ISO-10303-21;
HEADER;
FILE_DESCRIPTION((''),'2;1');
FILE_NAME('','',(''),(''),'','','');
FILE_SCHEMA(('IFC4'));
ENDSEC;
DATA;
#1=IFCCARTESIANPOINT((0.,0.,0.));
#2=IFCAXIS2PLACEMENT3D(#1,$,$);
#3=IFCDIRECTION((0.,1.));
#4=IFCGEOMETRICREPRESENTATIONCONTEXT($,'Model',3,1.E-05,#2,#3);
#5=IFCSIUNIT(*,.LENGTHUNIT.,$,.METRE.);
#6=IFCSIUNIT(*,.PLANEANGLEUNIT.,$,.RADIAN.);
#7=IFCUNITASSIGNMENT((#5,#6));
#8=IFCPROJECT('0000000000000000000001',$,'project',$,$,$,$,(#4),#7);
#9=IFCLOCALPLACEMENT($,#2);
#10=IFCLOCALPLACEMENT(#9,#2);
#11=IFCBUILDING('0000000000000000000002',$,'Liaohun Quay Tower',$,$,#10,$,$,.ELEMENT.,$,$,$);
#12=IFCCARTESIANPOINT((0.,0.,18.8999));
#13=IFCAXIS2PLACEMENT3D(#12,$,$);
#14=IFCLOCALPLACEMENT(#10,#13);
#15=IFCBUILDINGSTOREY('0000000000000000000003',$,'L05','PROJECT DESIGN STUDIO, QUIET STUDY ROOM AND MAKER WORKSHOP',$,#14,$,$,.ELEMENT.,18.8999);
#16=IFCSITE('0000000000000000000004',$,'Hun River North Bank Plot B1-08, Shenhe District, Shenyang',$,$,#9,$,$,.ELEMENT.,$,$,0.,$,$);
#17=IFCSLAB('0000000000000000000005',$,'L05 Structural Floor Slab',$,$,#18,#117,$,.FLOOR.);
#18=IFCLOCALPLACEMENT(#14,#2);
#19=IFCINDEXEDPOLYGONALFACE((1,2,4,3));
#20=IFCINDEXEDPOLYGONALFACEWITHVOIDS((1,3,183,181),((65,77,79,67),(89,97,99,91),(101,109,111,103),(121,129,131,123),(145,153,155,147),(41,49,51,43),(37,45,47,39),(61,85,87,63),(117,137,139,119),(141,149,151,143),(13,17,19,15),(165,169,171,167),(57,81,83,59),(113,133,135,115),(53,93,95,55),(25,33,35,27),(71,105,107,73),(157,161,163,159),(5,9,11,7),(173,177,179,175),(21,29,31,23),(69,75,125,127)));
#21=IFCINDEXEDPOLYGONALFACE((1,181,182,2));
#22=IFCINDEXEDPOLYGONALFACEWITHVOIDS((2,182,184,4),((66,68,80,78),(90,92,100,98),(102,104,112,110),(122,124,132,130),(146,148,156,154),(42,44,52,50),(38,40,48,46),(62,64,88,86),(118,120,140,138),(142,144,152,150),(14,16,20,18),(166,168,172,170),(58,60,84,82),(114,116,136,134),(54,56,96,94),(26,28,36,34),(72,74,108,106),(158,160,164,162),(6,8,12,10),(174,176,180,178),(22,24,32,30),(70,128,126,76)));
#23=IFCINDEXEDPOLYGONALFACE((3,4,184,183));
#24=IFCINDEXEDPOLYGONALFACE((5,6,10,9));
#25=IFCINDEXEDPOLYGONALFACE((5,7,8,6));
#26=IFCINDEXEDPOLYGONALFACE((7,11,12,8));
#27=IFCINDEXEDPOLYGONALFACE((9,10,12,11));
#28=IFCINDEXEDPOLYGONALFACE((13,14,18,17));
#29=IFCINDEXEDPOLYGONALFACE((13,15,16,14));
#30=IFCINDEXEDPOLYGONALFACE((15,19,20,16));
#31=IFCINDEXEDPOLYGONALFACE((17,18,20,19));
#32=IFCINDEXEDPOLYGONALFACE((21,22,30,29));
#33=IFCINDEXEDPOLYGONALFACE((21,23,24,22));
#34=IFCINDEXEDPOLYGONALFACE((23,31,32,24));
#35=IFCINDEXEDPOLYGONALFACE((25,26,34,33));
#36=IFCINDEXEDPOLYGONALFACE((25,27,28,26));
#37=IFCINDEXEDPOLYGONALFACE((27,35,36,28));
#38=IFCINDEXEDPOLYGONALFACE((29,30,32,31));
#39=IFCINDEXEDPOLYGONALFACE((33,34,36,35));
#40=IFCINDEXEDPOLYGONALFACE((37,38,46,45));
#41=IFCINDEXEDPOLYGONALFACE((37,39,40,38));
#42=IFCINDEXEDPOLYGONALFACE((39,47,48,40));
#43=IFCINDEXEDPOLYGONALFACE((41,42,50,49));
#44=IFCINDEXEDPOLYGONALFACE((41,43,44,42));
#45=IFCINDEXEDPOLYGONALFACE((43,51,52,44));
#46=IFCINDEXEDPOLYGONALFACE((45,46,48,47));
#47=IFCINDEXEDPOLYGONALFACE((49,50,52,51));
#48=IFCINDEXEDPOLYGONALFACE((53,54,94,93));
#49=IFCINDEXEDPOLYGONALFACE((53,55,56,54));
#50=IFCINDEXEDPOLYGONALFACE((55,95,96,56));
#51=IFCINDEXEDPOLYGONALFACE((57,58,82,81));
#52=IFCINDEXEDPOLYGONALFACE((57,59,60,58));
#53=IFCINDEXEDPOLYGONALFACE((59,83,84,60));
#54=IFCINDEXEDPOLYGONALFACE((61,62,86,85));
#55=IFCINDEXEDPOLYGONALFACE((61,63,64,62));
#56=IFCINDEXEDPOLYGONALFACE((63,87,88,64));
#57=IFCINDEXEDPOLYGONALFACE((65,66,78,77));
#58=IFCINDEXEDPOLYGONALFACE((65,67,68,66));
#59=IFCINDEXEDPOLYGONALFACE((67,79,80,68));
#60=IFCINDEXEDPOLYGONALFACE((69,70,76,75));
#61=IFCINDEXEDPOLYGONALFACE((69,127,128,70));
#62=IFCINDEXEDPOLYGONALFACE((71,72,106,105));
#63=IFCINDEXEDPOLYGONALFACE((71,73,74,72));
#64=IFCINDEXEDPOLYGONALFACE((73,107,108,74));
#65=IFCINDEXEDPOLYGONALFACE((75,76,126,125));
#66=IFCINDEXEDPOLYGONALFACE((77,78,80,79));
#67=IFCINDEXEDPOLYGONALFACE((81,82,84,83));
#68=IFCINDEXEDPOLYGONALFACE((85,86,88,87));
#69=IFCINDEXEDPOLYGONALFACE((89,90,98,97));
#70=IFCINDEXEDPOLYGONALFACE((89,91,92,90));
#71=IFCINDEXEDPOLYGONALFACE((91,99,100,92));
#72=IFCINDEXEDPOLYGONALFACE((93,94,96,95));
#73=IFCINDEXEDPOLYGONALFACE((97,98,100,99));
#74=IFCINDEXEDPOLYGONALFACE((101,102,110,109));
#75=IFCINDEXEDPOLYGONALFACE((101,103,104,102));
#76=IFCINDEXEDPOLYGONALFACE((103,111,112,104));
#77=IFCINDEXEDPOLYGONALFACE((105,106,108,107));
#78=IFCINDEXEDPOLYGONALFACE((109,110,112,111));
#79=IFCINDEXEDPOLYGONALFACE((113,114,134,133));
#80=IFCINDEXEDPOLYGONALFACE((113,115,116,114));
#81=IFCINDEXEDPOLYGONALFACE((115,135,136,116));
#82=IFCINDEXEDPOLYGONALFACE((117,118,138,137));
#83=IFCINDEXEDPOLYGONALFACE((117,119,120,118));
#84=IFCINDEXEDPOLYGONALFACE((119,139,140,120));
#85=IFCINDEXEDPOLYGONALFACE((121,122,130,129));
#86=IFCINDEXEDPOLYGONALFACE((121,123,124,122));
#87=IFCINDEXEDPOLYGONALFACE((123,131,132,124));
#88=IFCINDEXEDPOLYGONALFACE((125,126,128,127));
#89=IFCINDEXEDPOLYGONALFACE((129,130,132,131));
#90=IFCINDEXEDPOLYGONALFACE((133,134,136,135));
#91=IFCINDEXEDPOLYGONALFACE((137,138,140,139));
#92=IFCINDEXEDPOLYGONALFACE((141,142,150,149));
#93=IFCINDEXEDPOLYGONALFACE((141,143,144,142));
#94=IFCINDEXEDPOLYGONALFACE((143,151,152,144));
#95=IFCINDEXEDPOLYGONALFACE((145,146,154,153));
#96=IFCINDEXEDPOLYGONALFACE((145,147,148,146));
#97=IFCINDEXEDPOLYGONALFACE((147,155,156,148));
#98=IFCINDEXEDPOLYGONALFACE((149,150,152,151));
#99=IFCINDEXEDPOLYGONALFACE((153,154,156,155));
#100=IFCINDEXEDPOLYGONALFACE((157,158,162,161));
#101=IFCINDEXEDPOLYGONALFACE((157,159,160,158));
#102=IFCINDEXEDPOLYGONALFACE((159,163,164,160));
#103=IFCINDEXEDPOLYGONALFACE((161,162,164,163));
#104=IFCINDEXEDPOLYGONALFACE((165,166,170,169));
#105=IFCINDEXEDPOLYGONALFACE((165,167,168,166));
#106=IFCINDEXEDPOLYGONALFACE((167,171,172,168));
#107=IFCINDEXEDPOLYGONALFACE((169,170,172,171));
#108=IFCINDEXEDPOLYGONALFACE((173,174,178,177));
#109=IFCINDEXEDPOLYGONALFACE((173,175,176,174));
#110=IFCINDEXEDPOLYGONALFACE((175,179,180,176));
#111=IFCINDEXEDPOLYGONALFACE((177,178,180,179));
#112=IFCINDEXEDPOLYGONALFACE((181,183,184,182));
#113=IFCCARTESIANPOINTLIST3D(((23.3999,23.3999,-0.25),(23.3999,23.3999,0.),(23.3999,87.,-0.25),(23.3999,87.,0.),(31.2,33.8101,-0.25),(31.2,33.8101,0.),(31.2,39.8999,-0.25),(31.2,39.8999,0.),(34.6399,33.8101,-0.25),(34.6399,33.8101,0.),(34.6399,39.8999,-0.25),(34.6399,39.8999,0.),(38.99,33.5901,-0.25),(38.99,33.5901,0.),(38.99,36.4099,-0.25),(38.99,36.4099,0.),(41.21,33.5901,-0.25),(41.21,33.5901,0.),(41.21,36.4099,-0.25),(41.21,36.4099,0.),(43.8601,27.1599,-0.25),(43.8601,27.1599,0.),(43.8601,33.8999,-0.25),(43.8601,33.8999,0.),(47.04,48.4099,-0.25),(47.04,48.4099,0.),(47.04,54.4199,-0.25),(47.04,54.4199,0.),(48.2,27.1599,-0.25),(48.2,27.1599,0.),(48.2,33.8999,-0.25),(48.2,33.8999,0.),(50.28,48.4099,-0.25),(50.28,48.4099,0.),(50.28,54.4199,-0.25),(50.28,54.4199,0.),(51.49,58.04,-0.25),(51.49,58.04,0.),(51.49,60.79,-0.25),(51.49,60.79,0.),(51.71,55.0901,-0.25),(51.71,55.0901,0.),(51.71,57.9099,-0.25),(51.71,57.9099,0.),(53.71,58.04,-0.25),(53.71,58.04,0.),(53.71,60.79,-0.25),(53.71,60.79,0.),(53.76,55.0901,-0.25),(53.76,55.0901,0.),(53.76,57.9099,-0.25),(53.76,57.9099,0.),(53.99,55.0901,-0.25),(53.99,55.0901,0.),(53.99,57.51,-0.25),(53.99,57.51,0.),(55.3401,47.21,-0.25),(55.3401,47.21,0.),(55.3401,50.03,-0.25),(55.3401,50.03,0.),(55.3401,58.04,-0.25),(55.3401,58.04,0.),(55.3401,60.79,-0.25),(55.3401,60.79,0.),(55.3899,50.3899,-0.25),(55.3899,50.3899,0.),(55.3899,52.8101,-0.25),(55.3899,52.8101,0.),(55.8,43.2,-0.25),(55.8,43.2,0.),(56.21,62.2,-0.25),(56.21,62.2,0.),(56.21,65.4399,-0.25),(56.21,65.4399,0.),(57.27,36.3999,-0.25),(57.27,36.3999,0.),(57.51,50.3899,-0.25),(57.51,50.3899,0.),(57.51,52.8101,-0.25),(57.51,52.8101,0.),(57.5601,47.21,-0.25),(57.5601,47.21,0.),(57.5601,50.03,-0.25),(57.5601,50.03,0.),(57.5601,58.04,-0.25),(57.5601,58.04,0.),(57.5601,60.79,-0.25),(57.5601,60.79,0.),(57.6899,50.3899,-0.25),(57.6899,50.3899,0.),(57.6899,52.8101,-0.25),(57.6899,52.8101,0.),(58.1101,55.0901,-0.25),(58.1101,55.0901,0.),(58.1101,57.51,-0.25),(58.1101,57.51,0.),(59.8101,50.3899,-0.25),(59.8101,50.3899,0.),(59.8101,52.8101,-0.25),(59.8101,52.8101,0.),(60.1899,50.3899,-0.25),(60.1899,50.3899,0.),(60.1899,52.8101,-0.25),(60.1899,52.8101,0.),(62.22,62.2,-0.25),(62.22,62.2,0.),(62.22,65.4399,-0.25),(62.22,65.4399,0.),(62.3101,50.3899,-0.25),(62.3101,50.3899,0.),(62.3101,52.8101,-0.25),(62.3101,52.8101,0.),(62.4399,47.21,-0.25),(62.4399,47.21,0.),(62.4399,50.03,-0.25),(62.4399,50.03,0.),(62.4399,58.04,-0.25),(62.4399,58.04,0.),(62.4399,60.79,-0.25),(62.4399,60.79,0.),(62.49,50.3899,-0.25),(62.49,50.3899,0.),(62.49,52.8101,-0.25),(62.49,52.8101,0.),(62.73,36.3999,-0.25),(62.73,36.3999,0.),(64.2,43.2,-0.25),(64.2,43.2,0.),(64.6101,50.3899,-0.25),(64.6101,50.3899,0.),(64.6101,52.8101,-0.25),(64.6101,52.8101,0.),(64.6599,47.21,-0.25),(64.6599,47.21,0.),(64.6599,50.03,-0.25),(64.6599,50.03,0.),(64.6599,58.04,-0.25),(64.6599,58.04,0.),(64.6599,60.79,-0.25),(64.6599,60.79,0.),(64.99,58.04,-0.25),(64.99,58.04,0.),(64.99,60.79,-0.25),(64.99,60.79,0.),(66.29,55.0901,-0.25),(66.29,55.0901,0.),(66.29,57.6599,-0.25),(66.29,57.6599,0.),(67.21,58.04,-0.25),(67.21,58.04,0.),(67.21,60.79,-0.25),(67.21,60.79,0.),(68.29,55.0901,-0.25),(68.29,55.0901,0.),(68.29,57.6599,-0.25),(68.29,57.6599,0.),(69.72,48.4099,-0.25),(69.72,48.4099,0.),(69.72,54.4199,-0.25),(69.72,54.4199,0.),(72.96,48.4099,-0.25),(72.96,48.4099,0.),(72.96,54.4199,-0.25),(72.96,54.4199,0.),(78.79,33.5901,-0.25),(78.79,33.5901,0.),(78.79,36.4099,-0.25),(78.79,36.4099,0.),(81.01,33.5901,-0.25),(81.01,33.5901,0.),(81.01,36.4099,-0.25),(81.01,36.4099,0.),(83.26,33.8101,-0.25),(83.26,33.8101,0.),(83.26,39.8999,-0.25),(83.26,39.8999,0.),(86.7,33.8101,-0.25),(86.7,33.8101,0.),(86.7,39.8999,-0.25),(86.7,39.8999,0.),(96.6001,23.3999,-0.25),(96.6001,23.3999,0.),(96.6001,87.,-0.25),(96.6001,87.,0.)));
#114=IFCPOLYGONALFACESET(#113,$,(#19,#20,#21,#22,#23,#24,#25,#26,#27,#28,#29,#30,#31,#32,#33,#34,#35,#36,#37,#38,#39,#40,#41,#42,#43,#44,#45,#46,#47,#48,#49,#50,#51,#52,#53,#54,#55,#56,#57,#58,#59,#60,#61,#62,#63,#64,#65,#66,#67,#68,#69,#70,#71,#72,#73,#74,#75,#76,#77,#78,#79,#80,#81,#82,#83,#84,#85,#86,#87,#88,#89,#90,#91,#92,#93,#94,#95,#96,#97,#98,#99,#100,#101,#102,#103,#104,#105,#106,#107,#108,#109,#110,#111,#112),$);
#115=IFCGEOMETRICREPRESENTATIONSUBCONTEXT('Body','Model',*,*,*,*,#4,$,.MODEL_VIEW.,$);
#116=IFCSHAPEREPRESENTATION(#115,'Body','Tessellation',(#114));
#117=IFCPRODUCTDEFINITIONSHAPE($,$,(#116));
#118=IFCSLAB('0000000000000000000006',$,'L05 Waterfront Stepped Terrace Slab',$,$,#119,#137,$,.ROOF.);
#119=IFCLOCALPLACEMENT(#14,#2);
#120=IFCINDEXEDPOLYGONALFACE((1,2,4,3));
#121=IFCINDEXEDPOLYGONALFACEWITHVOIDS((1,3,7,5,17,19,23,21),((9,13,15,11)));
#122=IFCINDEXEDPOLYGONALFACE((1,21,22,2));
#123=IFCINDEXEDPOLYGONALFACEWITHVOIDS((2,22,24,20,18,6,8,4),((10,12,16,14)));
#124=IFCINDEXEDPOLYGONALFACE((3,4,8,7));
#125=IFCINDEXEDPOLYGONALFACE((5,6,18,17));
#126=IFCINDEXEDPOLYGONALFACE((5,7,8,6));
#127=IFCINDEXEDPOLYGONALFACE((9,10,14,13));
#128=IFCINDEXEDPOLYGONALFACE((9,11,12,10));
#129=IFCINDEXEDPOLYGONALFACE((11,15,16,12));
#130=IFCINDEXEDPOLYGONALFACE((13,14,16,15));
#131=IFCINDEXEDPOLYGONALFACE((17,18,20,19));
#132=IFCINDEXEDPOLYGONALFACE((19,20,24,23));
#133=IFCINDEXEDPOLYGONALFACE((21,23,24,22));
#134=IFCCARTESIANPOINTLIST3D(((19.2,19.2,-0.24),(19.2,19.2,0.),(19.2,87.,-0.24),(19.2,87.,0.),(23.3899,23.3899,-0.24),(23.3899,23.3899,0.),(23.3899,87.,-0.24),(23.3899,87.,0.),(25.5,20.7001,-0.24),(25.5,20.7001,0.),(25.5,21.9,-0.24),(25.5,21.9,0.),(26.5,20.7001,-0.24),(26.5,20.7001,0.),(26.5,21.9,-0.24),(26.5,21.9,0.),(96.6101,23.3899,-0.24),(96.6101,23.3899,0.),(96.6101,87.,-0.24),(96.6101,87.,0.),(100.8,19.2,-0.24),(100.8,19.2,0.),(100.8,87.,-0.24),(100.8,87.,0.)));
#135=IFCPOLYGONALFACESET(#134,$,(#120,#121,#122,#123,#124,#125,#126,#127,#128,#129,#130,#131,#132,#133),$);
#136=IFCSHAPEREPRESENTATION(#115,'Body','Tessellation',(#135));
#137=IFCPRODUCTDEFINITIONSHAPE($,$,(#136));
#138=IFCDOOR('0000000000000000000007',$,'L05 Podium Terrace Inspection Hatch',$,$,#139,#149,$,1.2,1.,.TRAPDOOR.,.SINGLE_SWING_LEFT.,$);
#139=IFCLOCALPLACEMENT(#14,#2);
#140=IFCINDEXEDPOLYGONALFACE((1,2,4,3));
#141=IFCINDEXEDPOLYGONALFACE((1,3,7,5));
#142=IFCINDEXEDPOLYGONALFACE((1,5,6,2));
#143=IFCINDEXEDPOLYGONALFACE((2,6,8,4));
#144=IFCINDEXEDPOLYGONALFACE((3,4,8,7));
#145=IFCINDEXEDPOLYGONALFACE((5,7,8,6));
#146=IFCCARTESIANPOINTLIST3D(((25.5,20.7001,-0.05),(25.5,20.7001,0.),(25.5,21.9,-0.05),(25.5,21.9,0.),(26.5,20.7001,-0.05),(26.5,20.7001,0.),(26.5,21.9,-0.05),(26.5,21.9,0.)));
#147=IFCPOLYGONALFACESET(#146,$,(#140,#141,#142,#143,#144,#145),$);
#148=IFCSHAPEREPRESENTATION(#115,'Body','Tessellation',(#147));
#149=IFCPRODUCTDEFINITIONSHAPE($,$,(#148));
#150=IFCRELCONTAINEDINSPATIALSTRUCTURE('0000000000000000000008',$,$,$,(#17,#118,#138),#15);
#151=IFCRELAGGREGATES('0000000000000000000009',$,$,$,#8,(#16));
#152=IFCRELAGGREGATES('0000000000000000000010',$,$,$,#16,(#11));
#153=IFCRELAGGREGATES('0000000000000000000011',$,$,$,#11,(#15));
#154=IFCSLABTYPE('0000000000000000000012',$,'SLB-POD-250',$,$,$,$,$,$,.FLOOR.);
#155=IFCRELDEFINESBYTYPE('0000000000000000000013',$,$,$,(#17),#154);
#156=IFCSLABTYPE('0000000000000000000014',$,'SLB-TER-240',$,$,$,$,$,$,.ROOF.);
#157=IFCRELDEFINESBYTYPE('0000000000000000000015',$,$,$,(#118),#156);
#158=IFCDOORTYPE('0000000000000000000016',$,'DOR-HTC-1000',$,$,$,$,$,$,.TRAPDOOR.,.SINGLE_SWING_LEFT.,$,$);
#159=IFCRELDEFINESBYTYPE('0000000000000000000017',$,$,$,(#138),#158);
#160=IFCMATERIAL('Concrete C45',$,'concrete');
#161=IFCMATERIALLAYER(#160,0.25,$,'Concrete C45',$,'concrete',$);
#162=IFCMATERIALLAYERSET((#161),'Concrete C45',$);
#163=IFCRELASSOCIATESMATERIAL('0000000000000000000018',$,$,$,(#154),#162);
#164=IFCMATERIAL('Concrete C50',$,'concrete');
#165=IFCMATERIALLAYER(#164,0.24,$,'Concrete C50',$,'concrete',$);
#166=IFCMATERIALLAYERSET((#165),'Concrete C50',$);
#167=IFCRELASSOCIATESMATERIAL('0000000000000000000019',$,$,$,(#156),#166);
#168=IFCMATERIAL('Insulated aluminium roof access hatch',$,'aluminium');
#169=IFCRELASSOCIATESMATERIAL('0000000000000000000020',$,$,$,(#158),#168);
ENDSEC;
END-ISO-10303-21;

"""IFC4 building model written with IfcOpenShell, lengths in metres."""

from ifc_helpers import new_model, si_unit, direction, frame, origin, origin_2d, place, context, subcontext, project, spatial, polyline, rectangle, outline, extrude, material, layer, layer_set, type_object, element, fill, save


model = new_model("IFC4")

# Units and contexts
model_context = context("Model", 3, precision=1e-05, world=origin(), true_north=direction((0.0, 1.0)))
body_context = subcontext(model_context, "Body", "Model", "MODEL_VIEW")
ifc_project = project(units=[si_unit("LENGTHUNIT", "METRE"), si_unit("PLANEANGLEUNIT", "RADIAN")], contexts=[model_context])

# Site, building, storey
site_placement = place(None, origin())
site = spatial("IfcSite", under=ifc_project, at=site_placement, Name="Hun River North Bank Plot B1-08, Shenhe District, Shenyang", CompositionType="ELEMENT", RefElevation=0.0)
building_placement = place(site_placement, origin())
building = spatial("IfcBuilding", under=site, at=building_placement, Name="Liaohun Quay Tower", CompositionType="ELEMENT")
storey_placement = place(building_placement, frame((0.0, 0.0, 18.8999)))
storey = spatial("IfcBuildingStorey", under=building, at=storey_placement, Name="L05", Description="PROJECT DESIGN STUDIO, QUIET STUDY ROOM AND MAKER WORKSHOP", CompositionType="ELEMENT", Elevation=18.8999)

# Shared definitions
ifc_material_1 = material(Name="Concrete C45", Category="concrete")

# Slab
ifc_layer_1 = layer(ifc_material_1, 0.25, Name="Concrete C45", Category="concrete")
ifc_layer_set_1 = layer_set([ifc_layer_1], Name="Concrete C45")
slab_type_1 = type_object("IfcSlabType", Name="SLB-POD-250", PredefinedType="FLOOR", material=ifc_layer_set_1)
slab_1_placement = place(storey_placement, frame((0.0, 0.0, -0.25)))
element("IfcSlab", 1, at=slab_1_placement, inside=storey, type_object=slab_type_1, Name="L05 Structural Floor Slab", PredefinedType="FLOOR", context=body_context, shape_type="SweptSolid", body=[
    extrude(outline(polyline([(23.3999, 23.3999), (96.6001, 23.3999), (96.6001, 87.0), (23.3999, 87.0), (23.3999, 23.3999)]), holes=[polyline([(48.2, 33.8999), (43.8601, 33.8999), (43.8601, 27.1599), (48.2, 27.1599), (48.2, 33.8999)]), polyline([(41.21, 33.5901), (41.21, 36.4099), (38.99, 36.4099), (38.99, 33.5901), (41.21, 33.5901)]), polyline([(34.6399, 39.8999), (31.2, 39.8999), (31.2, 33.8101), (34.6399, 33.8101), (34.6399, 39.8999)]), polyline([(55.3401, 47.21), (57.5601, 47.21), (57.5601, 50.03), (55.3401, 50.03), (55.3401, 47.21)]), polyline([(50.28, 48.4099), (50.28, 54.4199), (47.04, 54.4199), (47.04, 48.4099), (50.28, 48.4099)]), polyline([(57.51, 50.3899), (57.51, 52.8101), (55.3899, 52.8101), (55.3899, 50.3899), (57.51, 50.3899)]), polyline([(57.6899, 50.3899), (59.8101, 50.3899), (59.8101, 52.8101), (57.6899, 52.8101), (57.6899, 50.3899)]), polyline([(53.99, 55.0901), (58.1101, 55.0901), (58.1101, 57.51), (53.99, 57.51), (53.99, 55.0901)]), polyline([(51.71, 55.0901), (53.76, 55.0901), (53.76, 57.9099), (51.71, 57.9099), (51.71, 55.0901)]), polyline([(51.49, 58.04), (53.71, 58.04), (53.71, 60.79), (51.49, 60.79), (51.49, 58.04)]), polyline([(57.5601, 58.04), (57.5601, 60.79), (55.3401, 60.79), (55.3401, 58.04), (57.5601, 58.04)]), polyline([(78.79, 33.5901), (81.01, 33.5901), (81.01, 36.4099), (78.79, 36.4099), (78.79, 33.5901)]), polyline([(86.7, 33.8101), (86.7, 39.8999), (83.26, 39.8999), (83.26, 33.8101), (86.7, 33.8101)]), polyline([(62.73, 36.3999), (64.2, 43.2), (55.8, 43.2), (57.27, 36.3999), (62.73, 36.3999)]), polyline([(62.4399, 47.21), (64.6599, 47.21), (64.6599, 50.03), (62.4399, 50.03), (62.4399, 47.21)]), polyline([(72.96, 48.4099), (72.96, 54.4199), (69.72, 54.4199), (69.72, 48.4099), (72.96, 48.4099)]), polyline([(62.3101, 50.3899), (62.3101, 52.8101), (60.1899, 52.8101), (60.1899, 50.3899), (62.3101, 50.3899)]), polyline([(62.49, 50.3899), (64.6101, 50.3899), (64.6101, 52.8101), (62.49, 52.8101), (62.49, 50.3899)]), polyline([(66.29, 55.0901), (68.29, 55.0901), (68.29, 57.6599), (66.29, 57.6599), (66.29, 55.0901)]), polyline([(64.6599, 58.04), (64.6599, 60.79), (62.4399, 60.79), (62.4399, 58.04), (64.6599, 58.04)]), polyline([(64.99, 58.04), (67.21, 58.04), (67.21, 60.79), (64.99, 60.79), (64.99, 58.04)]), polyline([(56.21, 62.2), (62.22, 62.2), (62.22, 65.4399), (56.21, 65.4399), (56.21, 62.2)])]), origin(), (0.0, 0.0, 1.0), 0.25),
])

# Slab, opening, door
ifc_material_2 = material(Name="Concrete C50", Category="concrete")
ifc_layer_2 = layer(ifc_material_2, 0.24, Name="Concrete C50", Category="concrete")
ifc_layer_set_2 = layer_set([ifc_layer_2], Name="Concrete C50")
slab_type_2 = type_object("IfcSlabType", Name="SLB-TER-240", PredefinedType="ROOF", material=ifc_layer_set_2)
slab_2_placement = place(storey_placement, frame((0.0, 0.0, -0.24)))
slab_2 = element("IfcSlab", 2, at=slab_2_placement, inside=storey, type_object=slab_type_2, Name="L05 Waterfront Stepped Terrace Slab", PredefinedType="ROOF", context=body_context, shape_type="SweptSolid", body=[
    extrude(outline(polyline([(96.6101, 87.0), (96.6101, 23.3899), (23.3899, 23.3899), (23.3899, 87.0), (19.2, 87.0), (19.2, 19.2), (100.8, 19.2), (100.8, 87.0), (96.6101, 87.0)])), origin(), (0.0, 0.0, 1.0), 0.24),
])
opening_1_placement = place(slab_2_placement, frame((26.0, 21.3, 0.0)))
opening_1 = element("IfcOpeningElement", 3, at=opening_1_placement, cuts=slab_2, PredefinedType="OPENING", context=body_context, shape_type="SweptSolid", body=[
    extrude(rectangle(XDim=1.0, YDim=1.2, at=origin_2d()), origin(), (0.0, 0.0, 1.0), 0.24),
])
ifc_material_3 = material(Name="Insulated aluminium roof access hatch", Category="aluminium")
door_type_1 = type_object("IfcDoorType", Name="DOR-HTC-1000", OperationType="SINGLE_SWING_LEFT", PredefinedType="TRAPDOOR", material=ifc_material_3)
door_1_placement = place(opening_1_placement, frame((0.0, 0.0, 0.1899)))
door_1 = element("IfcDoor", 4, at=door_1_placement, inside=storey, type_object=door_type_1, Name="L05 Podium Terrace Inspection Hatch", OperationType="SINGLE_SWING_LEFT", OverallHeight=1.2, OverallWidth=1.0, PredefinedType="TRAPDOOR", context=body_context, shape_type="SweptSolid", body=[
    extrude(rectangle(XDim=1.0, YDim=1.2, at=origin_2d()), origin(), (0.0, 0.0, 1.0), 0.05),
])
fill(opening_1, door_1)

save(model, "model.ifc")
